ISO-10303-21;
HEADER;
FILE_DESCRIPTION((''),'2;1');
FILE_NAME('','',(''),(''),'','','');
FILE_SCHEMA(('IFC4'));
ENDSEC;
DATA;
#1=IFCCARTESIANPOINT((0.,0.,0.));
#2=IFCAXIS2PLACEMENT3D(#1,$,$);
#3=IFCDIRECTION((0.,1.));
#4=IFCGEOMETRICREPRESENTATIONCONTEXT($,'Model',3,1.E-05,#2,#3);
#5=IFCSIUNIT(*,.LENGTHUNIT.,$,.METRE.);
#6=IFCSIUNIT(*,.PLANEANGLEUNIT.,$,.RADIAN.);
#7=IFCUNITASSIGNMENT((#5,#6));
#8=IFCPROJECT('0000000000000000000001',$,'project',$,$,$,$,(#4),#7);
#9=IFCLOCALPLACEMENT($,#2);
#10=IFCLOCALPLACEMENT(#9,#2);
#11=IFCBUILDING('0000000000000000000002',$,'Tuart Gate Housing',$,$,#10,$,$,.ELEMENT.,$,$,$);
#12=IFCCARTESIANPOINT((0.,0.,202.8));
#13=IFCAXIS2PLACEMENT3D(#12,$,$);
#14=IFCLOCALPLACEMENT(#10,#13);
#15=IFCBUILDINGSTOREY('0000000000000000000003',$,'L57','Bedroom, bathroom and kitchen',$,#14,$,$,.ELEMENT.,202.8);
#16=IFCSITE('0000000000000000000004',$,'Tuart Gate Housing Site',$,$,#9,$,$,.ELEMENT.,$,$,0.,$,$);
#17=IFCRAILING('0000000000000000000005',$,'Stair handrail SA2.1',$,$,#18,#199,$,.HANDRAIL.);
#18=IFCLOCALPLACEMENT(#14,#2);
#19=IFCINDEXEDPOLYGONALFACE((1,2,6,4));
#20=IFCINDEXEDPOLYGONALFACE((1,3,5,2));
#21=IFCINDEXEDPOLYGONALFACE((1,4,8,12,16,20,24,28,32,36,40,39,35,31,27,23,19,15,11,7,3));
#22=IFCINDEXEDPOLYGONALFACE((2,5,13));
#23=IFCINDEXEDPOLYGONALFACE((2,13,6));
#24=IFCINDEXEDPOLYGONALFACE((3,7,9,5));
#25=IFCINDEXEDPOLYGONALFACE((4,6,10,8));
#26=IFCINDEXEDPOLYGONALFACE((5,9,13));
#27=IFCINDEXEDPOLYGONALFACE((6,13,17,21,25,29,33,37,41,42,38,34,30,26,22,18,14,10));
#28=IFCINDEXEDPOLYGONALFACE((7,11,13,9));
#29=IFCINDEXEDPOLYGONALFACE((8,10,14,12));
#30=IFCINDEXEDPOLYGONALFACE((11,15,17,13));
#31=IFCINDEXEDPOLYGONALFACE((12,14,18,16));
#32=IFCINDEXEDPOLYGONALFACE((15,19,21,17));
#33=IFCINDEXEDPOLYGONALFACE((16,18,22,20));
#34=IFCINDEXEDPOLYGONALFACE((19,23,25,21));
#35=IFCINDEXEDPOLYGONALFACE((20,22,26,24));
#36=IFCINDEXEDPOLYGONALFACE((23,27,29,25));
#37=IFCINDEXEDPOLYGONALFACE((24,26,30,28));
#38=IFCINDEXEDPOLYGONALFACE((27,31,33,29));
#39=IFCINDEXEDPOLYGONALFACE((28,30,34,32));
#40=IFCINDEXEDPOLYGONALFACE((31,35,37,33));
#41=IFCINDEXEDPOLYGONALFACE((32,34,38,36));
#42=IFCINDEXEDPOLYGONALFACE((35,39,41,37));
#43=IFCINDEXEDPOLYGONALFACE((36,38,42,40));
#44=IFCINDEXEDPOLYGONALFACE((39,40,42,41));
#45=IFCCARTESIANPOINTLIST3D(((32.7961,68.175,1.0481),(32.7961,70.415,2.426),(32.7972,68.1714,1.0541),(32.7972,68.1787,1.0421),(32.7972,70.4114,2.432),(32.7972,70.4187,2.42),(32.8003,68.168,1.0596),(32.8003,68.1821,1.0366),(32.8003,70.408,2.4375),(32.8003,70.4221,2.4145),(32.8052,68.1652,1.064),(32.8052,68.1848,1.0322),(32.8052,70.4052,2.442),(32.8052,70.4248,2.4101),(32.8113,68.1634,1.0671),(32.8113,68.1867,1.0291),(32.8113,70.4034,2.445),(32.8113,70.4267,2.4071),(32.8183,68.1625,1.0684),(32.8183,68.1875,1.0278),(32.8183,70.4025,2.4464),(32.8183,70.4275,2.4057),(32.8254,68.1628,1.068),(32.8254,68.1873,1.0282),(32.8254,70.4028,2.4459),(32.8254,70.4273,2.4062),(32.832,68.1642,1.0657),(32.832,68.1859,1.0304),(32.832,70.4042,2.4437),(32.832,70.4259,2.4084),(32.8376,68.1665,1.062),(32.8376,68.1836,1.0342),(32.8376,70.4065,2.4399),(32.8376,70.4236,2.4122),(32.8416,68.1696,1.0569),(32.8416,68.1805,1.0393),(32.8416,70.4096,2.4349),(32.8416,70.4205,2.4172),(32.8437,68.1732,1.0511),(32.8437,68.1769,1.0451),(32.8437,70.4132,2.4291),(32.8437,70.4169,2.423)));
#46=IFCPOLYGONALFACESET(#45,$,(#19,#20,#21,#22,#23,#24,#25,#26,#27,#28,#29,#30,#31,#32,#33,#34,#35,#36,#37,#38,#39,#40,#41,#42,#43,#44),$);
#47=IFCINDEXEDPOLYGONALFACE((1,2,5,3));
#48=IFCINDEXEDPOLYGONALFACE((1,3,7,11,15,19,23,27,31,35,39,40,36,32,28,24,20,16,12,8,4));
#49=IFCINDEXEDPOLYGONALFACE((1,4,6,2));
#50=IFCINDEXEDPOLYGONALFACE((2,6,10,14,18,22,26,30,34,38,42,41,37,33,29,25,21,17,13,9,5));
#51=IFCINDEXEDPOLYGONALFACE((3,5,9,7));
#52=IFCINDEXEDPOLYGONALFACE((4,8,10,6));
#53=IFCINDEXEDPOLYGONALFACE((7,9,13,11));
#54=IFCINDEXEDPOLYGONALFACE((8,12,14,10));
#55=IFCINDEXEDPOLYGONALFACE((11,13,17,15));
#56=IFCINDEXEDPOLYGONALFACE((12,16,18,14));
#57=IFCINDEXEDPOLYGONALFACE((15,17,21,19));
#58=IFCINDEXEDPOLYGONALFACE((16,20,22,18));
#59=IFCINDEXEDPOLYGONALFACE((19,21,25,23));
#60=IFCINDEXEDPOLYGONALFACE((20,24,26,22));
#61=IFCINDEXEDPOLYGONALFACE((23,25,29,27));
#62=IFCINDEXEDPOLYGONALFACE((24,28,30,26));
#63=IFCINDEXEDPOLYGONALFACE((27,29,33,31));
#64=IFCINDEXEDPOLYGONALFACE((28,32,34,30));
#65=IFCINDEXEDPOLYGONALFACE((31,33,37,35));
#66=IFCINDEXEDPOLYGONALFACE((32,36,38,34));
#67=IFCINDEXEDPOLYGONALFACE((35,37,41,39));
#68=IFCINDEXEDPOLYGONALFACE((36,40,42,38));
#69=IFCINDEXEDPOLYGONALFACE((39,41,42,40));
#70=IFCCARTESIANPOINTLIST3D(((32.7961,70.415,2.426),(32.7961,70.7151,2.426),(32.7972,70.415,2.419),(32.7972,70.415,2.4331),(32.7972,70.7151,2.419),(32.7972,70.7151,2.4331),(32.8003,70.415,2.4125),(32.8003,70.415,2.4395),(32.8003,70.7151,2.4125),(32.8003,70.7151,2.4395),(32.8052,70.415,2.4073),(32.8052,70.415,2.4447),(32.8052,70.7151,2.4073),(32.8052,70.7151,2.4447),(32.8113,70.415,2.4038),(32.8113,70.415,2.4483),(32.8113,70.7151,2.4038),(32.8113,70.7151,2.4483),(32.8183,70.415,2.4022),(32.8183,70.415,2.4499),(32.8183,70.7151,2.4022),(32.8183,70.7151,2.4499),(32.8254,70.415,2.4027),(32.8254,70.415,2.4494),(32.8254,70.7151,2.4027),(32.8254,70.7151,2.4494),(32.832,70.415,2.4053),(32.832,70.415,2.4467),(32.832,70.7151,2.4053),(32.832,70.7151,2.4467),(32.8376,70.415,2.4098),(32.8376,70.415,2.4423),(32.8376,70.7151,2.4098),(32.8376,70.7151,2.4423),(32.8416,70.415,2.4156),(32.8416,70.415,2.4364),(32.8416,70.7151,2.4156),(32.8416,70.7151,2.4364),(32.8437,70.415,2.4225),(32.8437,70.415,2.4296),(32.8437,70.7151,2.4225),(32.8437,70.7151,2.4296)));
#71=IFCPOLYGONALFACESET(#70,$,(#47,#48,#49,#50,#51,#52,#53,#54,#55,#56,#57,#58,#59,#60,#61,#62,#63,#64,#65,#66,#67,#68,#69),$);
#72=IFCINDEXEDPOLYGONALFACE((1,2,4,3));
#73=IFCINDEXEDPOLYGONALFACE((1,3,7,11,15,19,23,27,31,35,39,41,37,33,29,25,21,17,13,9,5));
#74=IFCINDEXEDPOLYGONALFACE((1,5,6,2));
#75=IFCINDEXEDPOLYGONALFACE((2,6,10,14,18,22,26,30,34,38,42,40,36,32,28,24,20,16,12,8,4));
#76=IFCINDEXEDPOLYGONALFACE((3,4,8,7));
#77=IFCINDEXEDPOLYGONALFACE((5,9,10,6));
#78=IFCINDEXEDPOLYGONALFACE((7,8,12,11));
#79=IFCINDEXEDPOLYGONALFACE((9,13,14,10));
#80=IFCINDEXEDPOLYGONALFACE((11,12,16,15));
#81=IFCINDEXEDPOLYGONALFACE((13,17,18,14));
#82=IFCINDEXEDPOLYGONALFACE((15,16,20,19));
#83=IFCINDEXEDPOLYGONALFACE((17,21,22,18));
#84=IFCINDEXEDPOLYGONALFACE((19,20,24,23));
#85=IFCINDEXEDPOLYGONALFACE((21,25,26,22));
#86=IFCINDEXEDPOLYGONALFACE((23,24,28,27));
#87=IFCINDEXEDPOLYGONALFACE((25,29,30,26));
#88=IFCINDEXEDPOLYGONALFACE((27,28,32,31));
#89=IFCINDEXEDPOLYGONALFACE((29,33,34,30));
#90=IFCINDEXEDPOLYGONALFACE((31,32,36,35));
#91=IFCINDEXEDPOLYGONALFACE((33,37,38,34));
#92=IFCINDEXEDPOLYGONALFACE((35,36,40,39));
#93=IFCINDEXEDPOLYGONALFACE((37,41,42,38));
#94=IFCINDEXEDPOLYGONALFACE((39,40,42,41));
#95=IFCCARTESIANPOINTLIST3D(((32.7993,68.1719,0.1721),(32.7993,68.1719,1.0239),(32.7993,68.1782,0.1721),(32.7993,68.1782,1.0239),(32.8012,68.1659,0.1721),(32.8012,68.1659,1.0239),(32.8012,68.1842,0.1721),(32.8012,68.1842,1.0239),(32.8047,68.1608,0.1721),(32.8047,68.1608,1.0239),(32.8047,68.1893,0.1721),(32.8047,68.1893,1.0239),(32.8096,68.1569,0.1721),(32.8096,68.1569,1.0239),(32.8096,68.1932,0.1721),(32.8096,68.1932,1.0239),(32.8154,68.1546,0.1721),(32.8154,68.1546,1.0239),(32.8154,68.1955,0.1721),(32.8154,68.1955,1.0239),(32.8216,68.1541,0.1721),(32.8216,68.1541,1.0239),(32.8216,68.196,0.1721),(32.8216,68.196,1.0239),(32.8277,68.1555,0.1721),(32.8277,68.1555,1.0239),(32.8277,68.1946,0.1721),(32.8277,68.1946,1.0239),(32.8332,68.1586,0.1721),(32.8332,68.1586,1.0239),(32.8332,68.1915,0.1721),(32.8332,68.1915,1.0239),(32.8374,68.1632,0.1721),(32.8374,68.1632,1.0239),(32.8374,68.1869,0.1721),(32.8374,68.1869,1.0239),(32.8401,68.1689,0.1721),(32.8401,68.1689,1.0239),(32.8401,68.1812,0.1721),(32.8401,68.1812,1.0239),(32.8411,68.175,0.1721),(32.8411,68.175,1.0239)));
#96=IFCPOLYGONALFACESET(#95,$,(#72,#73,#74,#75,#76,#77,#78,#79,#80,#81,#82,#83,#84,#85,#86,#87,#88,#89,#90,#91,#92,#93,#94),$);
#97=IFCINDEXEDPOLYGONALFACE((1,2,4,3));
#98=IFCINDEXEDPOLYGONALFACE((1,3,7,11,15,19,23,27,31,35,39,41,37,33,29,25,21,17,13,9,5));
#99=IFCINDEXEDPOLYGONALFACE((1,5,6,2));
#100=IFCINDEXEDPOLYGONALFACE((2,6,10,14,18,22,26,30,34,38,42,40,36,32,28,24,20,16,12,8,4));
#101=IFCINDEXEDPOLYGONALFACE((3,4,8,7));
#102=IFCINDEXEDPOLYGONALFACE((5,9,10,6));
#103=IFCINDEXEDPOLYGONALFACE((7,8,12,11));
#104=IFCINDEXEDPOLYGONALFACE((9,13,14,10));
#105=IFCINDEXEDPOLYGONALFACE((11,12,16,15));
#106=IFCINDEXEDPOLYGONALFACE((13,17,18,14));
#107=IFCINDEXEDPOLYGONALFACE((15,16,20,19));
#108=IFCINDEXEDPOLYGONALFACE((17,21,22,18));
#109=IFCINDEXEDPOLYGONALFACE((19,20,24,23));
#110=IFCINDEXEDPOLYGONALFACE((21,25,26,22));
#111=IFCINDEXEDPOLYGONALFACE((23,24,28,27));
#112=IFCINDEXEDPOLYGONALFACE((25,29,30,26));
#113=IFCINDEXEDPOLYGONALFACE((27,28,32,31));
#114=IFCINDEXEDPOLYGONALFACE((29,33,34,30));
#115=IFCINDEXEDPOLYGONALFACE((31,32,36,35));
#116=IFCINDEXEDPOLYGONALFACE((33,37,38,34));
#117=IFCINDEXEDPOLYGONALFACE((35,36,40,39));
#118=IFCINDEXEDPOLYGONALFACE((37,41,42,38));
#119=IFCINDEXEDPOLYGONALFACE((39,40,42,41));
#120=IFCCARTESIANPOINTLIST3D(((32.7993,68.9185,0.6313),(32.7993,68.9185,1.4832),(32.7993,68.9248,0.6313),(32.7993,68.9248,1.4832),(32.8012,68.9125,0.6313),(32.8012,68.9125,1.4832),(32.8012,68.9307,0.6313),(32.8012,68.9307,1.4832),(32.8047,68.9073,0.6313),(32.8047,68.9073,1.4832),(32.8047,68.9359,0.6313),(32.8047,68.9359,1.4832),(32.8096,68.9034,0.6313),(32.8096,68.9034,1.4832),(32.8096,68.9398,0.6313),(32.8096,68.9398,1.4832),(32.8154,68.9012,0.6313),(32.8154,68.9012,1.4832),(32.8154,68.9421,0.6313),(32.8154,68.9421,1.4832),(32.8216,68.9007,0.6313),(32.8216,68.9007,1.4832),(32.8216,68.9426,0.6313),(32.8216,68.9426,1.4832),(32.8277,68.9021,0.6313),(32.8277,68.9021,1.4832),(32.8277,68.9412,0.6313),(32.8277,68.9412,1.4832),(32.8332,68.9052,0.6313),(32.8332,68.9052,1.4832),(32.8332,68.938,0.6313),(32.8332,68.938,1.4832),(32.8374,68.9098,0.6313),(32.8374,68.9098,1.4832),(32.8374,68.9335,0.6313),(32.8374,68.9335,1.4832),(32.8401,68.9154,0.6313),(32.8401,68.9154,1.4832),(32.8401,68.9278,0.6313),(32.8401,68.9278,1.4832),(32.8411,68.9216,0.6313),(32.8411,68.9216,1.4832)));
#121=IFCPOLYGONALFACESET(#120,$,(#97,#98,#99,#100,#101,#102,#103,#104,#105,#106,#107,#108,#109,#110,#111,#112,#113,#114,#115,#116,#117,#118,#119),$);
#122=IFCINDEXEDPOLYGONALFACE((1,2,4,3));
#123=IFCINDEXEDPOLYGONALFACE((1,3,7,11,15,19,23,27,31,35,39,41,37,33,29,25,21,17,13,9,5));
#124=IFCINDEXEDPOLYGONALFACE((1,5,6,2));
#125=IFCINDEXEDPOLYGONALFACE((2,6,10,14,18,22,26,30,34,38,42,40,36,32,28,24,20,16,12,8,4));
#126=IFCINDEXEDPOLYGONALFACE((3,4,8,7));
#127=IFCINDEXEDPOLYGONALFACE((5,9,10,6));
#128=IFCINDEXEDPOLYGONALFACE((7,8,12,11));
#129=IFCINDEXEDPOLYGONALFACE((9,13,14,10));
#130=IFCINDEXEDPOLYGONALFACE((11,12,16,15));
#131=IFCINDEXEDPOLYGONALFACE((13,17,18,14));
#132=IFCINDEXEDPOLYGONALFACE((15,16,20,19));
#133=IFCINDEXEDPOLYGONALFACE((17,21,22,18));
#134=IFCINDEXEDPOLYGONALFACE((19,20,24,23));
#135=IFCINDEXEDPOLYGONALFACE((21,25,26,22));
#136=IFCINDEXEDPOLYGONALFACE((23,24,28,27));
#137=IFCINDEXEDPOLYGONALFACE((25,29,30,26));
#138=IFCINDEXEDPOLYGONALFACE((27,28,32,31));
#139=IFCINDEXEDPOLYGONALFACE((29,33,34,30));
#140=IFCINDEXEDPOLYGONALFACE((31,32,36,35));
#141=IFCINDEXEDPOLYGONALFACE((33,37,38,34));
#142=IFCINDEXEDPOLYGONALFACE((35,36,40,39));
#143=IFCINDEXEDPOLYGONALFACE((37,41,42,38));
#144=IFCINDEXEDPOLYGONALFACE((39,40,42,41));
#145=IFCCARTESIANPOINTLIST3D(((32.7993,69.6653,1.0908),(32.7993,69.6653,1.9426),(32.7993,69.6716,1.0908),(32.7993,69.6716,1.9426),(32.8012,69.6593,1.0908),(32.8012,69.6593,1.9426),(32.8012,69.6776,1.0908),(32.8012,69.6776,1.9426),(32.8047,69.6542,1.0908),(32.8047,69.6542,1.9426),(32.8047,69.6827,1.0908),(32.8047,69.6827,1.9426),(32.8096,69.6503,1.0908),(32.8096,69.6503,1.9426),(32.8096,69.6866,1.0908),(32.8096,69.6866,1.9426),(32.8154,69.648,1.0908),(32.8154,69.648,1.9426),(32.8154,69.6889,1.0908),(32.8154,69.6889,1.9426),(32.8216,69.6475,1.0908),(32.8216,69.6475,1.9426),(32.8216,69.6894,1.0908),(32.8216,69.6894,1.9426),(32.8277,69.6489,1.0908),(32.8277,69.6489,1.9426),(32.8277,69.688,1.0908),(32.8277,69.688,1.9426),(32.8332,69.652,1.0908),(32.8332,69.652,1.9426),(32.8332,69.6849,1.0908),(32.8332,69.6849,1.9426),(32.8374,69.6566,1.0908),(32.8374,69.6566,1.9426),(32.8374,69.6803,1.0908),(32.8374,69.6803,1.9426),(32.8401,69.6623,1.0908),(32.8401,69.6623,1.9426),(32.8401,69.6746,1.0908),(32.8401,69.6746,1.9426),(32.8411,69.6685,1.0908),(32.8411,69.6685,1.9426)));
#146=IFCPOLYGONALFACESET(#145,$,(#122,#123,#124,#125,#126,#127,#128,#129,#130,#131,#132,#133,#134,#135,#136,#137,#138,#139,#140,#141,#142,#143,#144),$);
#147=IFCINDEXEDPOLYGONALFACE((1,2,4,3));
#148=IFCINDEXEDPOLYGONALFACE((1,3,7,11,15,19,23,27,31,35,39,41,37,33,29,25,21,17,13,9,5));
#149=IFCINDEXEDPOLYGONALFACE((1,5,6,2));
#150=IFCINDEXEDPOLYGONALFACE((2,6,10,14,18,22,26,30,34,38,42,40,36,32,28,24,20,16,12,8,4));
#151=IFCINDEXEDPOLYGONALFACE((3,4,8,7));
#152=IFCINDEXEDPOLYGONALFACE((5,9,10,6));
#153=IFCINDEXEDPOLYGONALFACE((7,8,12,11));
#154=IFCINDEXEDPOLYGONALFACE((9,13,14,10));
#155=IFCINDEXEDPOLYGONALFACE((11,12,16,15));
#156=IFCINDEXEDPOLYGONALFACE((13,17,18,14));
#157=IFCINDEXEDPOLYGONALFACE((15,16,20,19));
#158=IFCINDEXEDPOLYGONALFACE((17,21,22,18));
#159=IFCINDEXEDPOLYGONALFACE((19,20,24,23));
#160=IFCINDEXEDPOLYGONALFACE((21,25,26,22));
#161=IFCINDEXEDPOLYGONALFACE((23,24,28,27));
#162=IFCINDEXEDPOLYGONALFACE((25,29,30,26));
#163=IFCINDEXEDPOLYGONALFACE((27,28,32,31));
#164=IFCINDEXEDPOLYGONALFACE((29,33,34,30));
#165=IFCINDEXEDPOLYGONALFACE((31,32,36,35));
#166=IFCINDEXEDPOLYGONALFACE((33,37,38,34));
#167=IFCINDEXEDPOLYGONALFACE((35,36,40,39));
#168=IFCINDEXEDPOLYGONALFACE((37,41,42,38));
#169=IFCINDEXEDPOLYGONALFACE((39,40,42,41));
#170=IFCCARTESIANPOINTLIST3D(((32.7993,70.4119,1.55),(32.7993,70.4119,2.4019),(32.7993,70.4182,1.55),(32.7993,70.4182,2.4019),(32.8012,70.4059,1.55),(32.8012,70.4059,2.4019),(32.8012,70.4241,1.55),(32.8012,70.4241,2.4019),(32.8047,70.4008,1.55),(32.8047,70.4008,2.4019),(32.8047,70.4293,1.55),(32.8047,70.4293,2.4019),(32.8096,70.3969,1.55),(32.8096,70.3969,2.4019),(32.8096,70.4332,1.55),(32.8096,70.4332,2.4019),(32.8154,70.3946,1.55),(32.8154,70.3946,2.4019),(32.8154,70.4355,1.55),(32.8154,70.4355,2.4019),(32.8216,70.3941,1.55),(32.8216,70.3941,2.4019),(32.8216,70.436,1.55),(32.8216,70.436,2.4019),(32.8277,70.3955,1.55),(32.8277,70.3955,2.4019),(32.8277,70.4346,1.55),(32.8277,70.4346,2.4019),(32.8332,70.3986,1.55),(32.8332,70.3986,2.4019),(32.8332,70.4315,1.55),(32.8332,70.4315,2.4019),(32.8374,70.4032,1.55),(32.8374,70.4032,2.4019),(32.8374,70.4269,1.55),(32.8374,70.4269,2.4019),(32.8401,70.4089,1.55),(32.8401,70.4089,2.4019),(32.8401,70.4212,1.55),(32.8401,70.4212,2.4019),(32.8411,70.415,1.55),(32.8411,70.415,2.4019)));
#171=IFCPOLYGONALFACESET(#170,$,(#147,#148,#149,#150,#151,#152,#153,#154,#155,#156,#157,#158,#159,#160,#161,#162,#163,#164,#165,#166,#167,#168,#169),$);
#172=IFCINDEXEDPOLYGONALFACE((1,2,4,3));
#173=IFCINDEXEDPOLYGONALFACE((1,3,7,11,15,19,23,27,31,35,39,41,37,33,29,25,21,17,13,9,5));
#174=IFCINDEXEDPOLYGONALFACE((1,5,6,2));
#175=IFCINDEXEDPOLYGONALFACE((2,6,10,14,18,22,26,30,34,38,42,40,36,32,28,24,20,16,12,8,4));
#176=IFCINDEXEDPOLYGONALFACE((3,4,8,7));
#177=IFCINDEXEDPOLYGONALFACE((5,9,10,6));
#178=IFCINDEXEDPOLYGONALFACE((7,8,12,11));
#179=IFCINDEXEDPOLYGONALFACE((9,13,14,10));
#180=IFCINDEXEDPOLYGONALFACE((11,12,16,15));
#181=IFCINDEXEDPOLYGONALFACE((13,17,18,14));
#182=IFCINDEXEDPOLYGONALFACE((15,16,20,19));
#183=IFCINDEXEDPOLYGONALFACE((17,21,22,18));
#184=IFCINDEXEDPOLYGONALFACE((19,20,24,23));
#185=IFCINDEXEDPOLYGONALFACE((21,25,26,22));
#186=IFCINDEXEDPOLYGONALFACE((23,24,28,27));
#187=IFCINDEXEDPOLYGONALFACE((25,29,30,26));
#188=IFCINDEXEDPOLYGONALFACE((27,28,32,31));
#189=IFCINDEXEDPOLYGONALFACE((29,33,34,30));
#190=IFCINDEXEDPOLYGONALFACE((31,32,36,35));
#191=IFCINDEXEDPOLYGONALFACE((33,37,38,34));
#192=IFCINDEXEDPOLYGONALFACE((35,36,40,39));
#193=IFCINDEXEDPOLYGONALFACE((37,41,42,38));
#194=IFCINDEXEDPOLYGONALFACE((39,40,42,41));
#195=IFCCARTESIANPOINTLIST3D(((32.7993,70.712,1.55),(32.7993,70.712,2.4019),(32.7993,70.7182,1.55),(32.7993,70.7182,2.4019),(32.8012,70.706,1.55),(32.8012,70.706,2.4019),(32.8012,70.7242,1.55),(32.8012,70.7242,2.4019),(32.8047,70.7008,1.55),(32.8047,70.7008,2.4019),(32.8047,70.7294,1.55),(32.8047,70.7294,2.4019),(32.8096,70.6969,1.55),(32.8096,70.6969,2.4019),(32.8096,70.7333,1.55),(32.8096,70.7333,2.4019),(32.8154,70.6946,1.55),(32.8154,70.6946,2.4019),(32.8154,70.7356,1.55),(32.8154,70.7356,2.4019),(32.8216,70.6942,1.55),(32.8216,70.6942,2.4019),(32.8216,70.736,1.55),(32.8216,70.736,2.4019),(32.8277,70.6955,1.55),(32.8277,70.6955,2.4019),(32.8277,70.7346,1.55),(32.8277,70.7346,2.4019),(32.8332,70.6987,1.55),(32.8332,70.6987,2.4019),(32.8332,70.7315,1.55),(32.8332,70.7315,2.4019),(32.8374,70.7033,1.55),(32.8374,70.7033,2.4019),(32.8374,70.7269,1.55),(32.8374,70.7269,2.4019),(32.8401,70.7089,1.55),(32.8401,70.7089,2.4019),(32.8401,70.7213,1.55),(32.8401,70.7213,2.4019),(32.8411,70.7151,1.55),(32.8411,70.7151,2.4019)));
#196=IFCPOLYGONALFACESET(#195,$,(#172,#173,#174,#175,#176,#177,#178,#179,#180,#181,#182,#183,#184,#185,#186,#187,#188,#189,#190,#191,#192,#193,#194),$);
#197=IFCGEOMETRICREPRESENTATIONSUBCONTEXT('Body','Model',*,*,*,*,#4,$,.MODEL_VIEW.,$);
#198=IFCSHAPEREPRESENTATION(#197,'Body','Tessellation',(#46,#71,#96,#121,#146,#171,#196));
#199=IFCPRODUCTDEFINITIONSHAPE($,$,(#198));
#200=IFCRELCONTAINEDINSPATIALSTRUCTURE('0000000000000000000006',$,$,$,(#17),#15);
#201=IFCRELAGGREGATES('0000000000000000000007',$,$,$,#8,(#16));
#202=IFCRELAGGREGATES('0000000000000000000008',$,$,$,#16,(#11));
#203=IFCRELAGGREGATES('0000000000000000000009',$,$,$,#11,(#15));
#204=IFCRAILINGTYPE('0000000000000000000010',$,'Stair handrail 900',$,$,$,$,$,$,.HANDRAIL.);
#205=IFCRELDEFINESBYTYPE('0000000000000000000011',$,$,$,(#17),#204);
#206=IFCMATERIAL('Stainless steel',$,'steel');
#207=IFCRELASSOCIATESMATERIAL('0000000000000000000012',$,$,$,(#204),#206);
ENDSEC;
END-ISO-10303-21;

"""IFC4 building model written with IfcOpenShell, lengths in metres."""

from ifc_helpers import new_model, si_unit, direction, frame, origin, origin_2d, place, context, subcontext, project, spatial, circle, extrude, material, type_object, element, save


model = new_model("IFC4")

# Units and contexts
model_context = context("Model", 3, precision=1e-05, world=origin(), true_north=direction((0.0, 1.0)))
body_context = subcontext(model_context, "Body", "Model", "MODEL_VIEW")
ifc_project = project(units=[si_unit("LENGTHUNIT", "METRE"), si_unit("PLANEANGLEUNIT", "RADIAN")], contexts=[model_context])

# Site, building, storey
site_placement = place(None, origin())
site = spatial("IfcSite", under=ifc_project, at=site_placement, Name="Tuart Gate Housing Site", CompositionType="ELEMENT", RefElevation=0.0)
building_placement = place(site_placement, origin())
building = spatial("IfcBuilding", under=site, at=building_placement, Name="Tuart Gate Housing", CompositionType="ELEMENT")
storey_placement = place(building_placement, frame((0.0, 0.0, 202.8)))
storey = spatial("IfcBuildingStorey", under=building, at=storey_placement, Name="L57", Description="Bedroom, bathroom and kitchen", CompositionType="ELEMENT", Elevation=202.8)

# Railing
ifc_material_1 = material(Name="Stainless steel", Category="steel")
railing_type = type_object("IfcRailingType", Name="Stair handrail 900", PredefinedType="HANDRAIL", material=ifc_material_1)
railing_placement = place(storey_placement, frame((32.8201, 68.175, 0.1721)))
element("IfcRailing", 1, at=railing_placement, inside=storey, type_object=railing_type, Name="Stair handrail SA2.1", PredefinedType="HANDRAIL", context=body_context, shape_type="SweptSolid", body=[
    extrude(circle(Radius=0.0239, at=origin_2d()), frame((0.0, 0.0, 0.876), z_axis=(0.0, 0.851748, 0.523952), x_axis=(-1.0, 0.0, 0.0)), (0.0, 0.0, 1.0), 2.6299),
    extrude(circle(Radius=0.0239, at=origin_2d()), frame((0.0, 2.24, 2.2539), z_axis=(0.0, 1.0, 0.0), x_axis=(-1.0, 0.0, 0.0)), (0.0, 0.0, 1.0), 0.3),
    extrude(circle(Radius=0.021, at=origin_2d()), origin(), (0.0, 0.0, 1.0), 0.8518),
    extrude(circle(Radius=0.021, at=origin_2d()), frame((0.0, 0.7466, 0.4592)), (0.0, 0.0, 1.0), 0.8518),
    extrude(circle(Radius=0.021, at=origin_2d()), frame((0.0, 1.4934, 0.9187)), (0.0, 0.0, 1.0), 0.8518),
    extrude(circle(Radius=0.021, at=origin_2d()), frame((0.0, 2.24, 1.3779)), (0.0, 0.0, 1.0), 0.8518),
    extrude(circle(Radius=0.021, at=origin_2d()), frame((0.0, 2.54, 1.3779)), (0.0, 0.0, 1.0), 0.8518),
])

save(model, "model.ifc")
